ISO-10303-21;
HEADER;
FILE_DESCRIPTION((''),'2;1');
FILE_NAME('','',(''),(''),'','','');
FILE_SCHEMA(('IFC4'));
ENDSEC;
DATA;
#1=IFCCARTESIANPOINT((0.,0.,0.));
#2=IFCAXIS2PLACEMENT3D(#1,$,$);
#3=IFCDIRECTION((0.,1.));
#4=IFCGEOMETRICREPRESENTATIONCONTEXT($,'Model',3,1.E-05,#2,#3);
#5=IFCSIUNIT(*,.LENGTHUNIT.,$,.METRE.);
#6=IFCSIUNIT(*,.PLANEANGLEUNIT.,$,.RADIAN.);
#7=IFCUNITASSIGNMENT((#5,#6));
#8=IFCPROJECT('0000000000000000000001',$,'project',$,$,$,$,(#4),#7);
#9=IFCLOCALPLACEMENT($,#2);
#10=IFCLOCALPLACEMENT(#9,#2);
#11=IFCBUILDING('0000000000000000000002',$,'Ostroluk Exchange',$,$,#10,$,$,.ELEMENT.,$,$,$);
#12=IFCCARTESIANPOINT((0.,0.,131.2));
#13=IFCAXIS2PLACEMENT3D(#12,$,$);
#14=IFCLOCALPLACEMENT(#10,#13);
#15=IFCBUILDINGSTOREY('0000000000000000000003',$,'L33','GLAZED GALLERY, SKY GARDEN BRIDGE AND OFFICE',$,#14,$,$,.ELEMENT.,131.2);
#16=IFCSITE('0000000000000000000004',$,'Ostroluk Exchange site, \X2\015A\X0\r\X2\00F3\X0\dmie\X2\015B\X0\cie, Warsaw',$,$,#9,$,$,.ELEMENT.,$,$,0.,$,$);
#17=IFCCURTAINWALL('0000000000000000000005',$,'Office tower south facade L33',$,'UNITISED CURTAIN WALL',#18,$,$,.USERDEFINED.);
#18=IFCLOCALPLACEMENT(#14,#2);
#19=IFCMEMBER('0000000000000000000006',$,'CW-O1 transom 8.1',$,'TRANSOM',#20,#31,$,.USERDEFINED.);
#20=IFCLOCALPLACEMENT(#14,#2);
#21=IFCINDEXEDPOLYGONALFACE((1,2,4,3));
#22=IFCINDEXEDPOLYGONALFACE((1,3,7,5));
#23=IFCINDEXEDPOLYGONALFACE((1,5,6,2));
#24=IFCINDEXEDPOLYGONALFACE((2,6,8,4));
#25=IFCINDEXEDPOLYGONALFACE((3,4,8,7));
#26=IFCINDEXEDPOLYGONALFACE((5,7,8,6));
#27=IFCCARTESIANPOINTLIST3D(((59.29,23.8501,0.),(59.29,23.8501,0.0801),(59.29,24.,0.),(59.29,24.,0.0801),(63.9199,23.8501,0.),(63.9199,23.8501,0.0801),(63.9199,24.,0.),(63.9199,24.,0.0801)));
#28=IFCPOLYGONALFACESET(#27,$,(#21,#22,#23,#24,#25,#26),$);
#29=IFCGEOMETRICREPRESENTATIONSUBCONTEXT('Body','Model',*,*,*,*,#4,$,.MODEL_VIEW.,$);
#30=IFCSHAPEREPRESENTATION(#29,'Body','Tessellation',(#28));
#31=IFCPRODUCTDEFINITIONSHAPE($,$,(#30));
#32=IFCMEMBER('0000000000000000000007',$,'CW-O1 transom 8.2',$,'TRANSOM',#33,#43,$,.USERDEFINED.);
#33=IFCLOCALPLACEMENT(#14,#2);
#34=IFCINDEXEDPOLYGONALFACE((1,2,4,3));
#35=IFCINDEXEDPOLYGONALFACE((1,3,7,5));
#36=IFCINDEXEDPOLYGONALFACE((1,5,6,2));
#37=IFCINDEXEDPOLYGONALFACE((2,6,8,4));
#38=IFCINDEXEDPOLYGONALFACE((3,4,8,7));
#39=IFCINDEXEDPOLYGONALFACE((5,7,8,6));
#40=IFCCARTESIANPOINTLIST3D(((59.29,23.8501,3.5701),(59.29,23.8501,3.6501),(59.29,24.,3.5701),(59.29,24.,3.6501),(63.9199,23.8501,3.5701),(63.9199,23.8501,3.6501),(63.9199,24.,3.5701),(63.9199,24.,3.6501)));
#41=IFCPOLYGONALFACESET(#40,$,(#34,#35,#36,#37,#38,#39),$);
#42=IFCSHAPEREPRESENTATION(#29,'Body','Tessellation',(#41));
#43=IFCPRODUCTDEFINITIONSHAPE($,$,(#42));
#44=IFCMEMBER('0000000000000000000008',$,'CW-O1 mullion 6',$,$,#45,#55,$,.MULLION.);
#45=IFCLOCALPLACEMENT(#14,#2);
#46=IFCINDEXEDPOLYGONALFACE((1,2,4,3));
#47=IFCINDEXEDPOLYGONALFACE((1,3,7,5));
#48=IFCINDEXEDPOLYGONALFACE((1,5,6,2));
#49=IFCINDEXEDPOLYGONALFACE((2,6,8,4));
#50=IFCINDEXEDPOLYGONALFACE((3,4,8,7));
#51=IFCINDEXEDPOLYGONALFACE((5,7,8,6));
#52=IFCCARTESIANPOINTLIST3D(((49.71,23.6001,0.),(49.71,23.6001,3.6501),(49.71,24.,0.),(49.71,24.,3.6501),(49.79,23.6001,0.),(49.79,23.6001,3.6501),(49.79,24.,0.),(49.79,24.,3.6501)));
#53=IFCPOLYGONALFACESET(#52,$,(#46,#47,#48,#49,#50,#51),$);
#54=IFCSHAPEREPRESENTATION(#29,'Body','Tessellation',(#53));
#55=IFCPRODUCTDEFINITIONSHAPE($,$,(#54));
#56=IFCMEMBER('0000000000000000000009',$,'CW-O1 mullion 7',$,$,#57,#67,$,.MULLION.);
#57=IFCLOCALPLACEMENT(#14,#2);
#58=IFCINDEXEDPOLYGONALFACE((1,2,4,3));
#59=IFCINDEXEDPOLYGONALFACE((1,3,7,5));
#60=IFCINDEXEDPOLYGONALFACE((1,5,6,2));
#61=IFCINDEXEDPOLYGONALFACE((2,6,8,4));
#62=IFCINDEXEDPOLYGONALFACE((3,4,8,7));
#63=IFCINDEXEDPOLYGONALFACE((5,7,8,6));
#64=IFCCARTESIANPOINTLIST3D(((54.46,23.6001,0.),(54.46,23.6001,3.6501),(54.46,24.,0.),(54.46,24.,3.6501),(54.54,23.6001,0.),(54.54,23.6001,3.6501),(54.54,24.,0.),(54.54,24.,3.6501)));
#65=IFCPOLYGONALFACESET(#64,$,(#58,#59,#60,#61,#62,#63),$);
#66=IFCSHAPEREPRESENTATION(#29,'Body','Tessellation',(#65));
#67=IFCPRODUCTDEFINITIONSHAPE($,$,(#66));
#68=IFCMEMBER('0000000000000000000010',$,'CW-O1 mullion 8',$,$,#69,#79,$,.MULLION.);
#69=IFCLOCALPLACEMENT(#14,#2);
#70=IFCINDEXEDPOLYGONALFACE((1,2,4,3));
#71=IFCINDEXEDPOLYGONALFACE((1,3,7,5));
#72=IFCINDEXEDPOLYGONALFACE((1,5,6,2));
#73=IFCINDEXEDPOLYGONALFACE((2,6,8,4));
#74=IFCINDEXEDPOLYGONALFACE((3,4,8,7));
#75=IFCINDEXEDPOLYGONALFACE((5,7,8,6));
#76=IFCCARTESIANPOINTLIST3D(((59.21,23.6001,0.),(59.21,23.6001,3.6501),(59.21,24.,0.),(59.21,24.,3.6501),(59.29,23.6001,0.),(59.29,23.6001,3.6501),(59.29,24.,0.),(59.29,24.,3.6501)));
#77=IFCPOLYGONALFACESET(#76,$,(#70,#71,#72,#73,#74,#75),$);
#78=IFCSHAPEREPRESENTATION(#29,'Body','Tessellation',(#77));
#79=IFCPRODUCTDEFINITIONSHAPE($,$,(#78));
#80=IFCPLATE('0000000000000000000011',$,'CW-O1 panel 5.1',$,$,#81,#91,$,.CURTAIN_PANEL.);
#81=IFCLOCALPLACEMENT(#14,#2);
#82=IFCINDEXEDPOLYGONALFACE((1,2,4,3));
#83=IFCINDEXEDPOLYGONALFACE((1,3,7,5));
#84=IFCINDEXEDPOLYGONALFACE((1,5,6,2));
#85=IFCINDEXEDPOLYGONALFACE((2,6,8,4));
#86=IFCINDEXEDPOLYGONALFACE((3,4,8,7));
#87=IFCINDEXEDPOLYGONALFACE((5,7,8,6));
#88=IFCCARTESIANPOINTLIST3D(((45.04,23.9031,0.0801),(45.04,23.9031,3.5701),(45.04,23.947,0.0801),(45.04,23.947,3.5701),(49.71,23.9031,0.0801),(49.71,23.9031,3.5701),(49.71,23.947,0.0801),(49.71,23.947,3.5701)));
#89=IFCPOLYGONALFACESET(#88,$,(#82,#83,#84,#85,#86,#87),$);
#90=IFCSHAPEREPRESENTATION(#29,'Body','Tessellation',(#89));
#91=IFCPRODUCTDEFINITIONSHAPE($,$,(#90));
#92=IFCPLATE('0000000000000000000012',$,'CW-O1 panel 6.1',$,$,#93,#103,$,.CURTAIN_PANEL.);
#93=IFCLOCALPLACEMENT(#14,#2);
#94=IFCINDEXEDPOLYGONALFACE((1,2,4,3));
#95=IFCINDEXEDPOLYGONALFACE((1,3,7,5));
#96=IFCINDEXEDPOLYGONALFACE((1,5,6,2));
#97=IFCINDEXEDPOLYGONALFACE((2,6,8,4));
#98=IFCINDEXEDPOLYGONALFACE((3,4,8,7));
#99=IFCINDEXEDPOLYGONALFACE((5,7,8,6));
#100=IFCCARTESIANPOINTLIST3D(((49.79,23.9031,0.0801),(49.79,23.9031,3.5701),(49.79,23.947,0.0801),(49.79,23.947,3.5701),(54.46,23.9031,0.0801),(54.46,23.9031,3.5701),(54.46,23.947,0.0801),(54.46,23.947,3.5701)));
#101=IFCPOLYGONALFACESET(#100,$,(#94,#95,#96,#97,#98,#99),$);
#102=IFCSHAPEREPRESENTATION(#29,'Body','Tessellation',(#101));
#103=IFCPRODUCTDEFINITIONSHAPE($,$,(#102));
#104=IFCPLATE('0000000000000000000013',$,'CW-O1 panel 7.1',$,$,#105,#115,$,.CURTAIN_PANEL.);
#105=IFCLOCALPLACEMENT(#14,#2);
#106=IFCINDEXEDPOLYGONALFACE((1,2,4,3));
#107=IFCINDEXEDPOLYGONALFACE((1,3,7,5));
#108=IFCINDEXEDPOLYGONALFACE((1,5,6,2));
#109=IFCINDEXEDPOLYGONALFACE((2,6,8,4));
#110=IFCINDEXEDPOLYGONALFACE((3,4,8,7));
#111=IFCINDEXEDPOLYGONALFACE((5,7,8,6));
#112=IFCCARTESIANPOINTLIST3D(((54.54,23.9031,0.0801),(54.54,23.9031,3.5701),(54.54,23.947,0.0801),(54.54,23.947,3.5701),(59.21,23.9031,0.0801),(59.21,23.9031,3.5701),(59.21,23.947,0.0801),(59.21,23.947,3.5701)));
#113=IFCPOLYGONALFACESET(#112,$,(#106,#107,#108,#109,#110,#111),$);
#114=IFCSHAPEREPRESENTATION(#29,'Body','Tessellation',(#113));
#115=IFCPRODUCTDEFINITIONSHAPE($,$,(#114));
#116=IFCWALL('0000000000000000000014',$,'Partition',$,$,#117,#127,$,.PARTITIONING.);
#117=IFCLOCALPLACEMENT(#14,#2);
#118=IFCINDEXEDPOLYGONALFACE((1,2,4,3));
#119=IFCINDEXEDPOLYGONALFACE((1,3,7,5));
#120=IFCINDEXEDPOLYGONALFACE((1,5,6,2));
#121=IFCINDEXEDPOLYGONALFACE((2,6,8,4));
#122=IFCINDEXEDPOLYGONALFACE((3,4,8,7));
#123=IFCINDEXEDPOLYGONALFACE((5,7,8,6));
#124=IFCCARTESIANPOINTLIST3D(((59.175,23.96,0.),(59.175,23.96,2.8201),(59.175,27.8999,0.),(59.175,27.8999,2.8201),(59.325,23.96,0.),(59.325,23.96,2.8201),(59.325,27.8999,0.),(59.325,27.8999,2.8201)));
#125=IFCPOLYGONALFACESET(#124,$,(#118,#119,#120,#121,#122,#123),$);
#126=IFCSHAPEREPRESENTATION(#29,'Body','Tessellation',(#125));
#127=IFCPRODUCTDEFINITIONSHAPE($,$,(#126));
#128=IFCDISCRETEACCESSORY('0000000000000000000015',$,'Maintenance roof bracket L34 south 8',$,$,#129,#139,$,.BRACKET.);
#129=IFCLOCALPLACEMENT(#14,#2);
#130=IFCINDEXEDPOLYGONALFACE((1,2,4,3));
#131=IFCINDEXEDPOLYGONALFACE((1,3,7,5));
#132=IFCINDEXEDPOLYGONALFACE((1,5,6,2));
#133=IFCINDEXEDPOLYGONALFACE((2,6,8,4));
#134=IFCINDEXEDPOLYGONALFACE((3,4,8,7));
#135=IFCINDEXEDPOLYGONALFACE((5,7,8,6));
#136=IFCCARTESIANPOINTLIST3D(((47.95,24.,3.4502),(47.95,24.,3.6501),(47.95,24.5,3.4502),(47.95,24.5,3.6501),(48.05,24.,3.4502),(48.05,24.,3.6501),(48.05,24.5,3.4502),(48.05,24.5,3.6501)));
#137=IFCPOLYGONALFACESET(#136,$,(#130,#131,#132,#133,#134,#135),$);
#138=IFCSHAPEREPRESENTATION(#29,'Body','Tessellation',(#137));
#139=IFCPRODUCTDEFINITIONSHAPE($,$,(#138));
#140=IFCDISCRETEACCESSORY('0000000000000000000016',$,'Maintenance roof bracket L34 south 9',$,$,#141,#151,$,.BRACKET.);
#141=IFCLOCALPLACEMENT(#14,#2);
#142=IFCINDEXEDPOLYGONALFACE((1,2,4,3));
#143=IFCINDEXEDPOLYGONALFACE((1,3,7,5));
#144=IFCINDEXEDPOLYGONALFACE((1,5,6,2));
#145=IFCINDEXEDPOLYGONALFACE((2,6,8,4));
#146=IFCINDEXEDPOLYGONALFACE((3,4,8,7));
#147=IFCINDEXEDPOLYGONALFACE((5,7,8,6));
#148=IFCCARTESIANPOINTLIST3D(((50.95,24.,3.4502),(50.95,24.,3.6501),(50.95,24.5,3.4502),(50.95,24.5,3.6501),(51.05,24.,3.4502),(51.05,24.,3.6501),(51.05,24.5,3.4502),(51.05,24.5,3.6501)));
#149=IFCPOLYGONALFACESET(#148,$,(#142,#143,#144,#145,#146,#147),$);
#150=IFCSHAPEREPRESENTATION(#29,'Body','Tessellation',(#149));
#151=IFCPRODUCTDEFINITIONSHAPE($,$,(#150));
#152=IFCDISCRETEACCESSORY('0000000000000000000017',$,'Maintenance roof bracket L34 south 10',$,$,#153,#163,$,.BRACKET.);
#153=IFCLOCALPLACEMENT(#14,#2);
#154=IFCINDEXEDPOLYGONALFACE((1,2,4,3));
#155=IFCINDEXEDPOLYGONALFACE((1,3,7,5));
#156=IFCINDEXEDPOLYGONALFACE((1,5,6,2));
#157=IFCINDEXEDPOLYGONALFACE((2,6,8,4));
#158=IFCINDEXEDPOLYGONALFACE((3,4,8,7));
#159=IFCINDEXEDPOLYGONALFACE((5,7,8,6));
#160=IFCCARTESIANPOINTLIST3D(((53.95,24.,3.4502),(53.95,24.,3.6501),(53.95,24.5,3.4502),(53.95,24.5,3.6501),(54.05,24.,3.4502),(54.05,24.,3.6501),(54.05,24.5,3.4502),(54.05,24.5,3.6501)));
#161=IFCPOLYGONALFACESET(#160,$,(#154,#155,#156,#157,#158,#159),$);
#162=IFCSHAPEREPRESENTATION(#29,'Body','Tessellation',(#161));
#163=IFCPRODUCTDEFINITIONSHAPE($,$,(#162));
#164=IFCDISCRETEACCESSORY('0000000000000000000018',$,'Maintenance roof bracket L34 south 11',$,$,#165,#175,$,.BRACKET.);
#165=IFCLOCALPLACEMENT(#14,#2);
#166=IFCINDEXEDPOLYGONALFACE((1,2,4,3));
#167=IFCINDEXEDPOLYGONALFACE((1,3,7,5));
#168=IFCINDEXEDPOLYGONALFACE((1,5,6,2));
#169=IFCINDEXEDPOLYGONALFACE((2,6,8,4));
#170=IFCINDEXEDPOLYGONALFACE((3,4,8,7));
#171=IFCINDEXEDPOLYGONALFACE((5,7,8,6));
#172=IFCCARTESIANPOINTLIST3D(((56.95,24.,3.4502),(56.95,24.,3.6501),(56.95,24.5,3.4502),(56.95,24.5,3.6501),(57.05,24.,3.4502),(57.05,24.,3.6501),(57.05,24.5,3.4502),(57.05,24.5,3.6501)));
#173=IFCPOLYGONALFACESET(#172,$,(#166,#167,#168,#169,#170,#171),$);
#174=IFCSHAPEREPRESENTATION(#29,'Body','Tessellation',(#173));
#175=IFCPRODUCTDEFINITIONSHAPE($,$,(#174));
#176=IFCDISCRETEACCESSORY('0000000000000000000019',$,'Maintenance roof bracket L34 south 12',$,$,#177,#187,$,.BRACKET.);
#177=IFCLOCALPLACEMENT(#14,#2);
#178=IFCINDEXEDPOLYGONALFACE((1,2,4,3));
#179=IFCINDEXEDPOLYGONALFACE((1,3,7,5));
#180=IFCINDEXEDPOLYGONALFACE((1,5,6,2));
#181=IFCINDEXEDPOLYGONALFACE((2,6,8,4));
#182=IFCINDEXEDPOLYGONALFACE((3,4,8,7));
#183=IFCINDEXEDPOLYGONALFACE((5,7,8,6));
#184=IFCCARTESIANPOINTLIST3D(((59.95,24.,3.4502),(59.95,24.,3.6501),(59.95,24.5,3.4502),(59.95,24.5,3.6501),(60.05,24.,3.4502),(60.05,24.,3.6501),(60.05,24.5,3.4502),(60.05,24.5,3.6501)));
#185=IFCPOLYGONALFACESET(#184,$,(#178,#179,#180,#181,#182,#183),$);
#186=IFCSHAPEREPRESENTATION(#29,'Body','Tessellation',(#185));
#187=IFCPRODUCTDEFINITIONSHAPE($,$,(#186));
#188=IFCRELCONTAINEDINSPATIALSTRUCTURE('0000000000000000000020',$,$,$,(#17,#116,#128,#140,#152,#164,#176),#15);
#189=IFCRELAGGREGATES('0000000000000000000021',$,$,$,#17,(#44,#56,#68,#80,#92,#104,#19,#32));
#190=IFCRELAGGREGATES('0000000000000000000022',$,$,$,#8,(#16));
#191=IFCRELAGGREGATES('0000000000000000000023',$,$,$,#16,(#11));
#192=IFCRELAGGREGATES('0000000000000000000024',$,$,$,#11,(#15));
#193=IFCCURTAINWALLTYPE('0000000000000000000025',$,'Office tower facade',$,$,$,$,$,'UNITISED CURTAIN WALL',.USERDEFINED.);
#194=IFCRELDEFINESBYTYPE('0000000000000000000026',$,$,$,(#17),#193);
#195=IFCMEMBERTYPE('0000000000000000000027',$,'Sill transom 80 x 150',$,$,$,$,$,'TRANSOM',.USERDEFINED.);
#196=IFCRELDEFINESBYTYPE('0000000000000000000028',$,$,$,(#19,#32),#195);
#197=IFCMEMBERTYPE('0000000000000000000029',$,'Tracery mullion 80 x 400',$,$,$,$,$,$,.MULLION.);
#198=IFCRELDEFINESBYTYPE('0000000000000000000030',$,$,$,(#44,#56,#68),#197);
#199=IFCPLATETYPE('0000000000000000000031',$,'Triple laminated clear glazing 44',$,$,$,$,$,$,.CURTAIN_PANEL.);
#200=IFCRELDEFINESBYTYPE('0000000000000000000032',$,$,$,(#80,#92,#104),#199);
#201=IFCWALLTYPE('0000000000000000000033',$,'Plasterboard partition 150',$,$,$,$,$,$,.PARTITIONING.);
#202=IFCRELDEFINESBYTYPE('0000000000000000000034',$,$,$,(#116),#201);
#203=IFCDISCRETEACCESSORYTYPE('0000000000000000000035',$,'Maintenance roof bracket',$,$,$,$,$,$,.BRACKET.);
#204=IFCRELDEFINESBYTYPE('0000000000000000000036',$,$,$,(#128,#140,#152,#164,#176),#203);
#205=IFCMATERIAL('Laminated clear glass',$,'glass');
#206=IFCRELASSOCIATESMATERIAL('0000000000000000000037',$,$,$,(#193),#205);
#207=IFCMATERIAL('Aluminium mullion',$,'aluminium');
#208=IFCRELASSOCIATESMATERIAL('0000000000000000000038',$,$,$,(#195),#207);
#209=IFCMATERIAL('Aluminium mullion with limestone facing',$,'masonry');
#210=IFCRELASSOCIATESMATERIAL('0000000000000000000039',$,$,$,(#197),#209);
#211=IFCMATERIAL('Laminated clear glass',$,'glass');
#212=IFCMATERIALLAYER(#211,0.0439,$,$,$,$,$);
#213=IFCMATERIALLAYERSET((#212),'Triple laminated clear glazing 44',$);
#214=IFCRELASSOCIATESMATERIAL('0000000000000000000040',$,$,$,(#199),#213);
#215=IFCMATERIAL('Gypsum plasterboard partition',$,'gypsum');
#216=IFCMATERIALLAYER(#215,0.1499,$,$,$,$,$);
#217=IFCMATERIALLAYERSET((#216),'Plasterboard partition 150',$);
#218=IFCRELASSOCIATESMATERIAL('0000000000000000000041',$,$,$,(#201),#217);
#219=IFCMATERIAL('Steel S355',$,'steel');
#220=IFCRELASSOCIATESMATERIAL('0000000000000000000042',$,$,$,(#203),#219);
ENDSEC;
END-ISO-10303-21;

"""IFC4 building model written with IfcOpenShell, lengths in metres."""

from ifc_helpers import new_model, si_unit, direction, frame, frame_2d, origin, origin_2d, place, context, subcontext, project, spatial, rectangle, extrude, material, layer, layer_set, material_profile, profile_set, type_object, element, aggregate, save


model = new_model("IFC4")

# Units and contexts
model_context = context("Model", 3, precision=1e-05, world=origin(), true_north=direction((0.0, 1.0)))
body_context = subcontext(model_context, "Body", "Model", "MODEL_VIEW")
ifc_project = project(units=[si_unit("LENGTHUNIT", "METRE"), si_unit("PLANEANGLEUNIT", "RADIAN")], contexts=[model_context])

# Site, building, storey
site_placement = place(None, origin())
site = spatial("IfcSite", under=ifc_project, at=site_placement, Name="Ostroluk Exchange site, Śródmieście, Warsaw", CompositionType="ELEMENT", RefElevation=0.0)
building_placement = place(site_placement, origin())
building = spatial("IfcBuilding", under=site, at=building_placement, Name="Ostroluk Exchange", CompositionType="ELEMENT")
storey_placement = place(building_placement, frame((0.0, 0.0, 131.2)))
storey = spatial("IfcBuildingStorey", under=building, at=storey_placement, Name="L33", Description="GLAZED GALLERY, SKY GARDEN BRIDGE AND OFFICE", CompositionType="ELEMENT", Elevation=131.2)

# Curtain wall, members, plates
ifc_material_1 = material(Name="Laminated clear glass", Category="glass")
curtain_wall_type = type_object("IfcCurtainWallType", Name="Office tower facade", ElementType="UNITISED CURTAIN WALL", PredefinedType="USERDEFINED", material=ifc_material_1)
curtain_wall_placement = place(storey_placement, origin())
curtain_wall = element("IfcCurtainWall", 1, at=curtain_wall_placement, inside=storey, type_object=curtain_wall_type, Name="Office tower south facade L33", ObjectType="UNITISED CURTAIN WALL", PredefinedType="USERDEFINED")
ifc_material_2 = material(Name="Aluminium mullion", Category="aluminium")
ifc_material_profile_1 = material_profile(ifc_material_2, rectangle(XDim=0.1499, YDim=0.0801, at=origin_2d()), Name="Sill transom 80 x 150")
ifc_profile_set_1 = profile_set([ifc_material_profile_1], Name="Aluminium mullion")
member_type_1 = type_object("IfcMemberType", Name="Sill transom 80 x 150", ElementType="TRANSOM", PredefinedType="USERDEFINED", material=ifc_profile_set_1)
member_1_placement = place(storey_placement, frame((59.29, 23.925, 0.04), z_axis=(1.0, 0.0, 0.0), x_axis=(0.0, 1.0, 0.0)))
member_1 = element("IfcMember", 2, at=member_1_placement, type_object=member_type_1, Name="CW-O1 transom 8.1", ObjectType="TRANSOM", PredefinedType="USERDEFINED", context=body_context, shape_type="SweptSolid", body=[
    extrude(rectangle(XDim=0.1499, YDim=0.0801, at=origin_2d()), origin(), (0.0, 0.0, 1.0), 4.6299),
])
member_2_placement = place(storey_placement, frame((59.29, 23.925, 3.6101), z_axis=(1.0, 0.0, 0.0), x_axis=(0.0, 1.0, 0.0)))
member_2 = element("IfcMember", 3, at=member_2_placement, type_object=member_type_1, Name="CW-O1 transom 8.2", ObjectType="TRANSOM", PredefinedType="USERDEFINED", context=body_context, shape_type="SweptSolid", body=[
    extrude(rectangle(XDim=0.1499, YDim=0.0801, at=origin_2d()), origin(), (0.0, 0.0, 1.0), 4.6299),
])
ifc_material_3 = material(Name="Aluminium mullion with limestone facing", Category="masonry")
ifc_material_profile_2 = material_profile(ifc_material_3, rectangle(XDim=0.3999, YDim=0.0801, at=origin_2d()), Name="Tracery mullion 80 x 400")
ifc_profile_set_2 = profile_set([ifc_material_profile_2], Name="Aluminium mullion with limestone facing")
member_type_2 = type_object("IfcMemberType", Name="Tracery mullion 80 x 400", PredefinedType="MULLION", material=ifc_profile_set_2)
member_3_placement = place(storey_placement, frame((49.75, 23.8, 0.0), z_axis=(0.0, 0.0, 1.0), x_axis=(0.0, 1.0, 0.0)))
member_3 = element("IfcMember", 4, at=member_3_placement, type_object=member_type_2, Name="CW-O1 mullion 6", PredefinedType="MULLION", context=body_context, shape_type="SweptSolid", body=[
    extrude(rectangle(XDim=0.3999, YDim=0.0801, at=origin_2d()), origin(), (0.0, 0.0, 1.0), 3.6501),
])
member_4_placement = place(storey_placement, frame((54.5, 23.8, 0.0), z_axis=(0.0, 0.0, 1.0), x_axis=(0.0, 1.0, 0.0)))
member_4 = element("IfcMember", 5, at=member_4_placement, type_object=member_type_2, Name="CW-O1 mullion 7", PredefinedType="MULLION", context=body_context, shape_type="SweptSolid", body=[
    extrude(rectangle(XDim=0.3999, YDim=0.0801, at=origin_2d()), origin(), (0.0, 0.0, 1.0), 3.6501),
])
member_5_placement = place(storey_placement, frame((59.25, 23.8, 0.0), z_axis=(0.0, 0.0, 1.0), x_axis=(0.0, 1.0, 0.0)))
member_5 = element("IfcMember", 6, at=member_5_placement, type_object=member_type_2, Name="CW-O1 mullion 8", PredefinedType="MULLION", context=body_context, shape_type="SweptSolid", body=[
    extrude(rectangle(XDim=0.3999, YDim=0.0801, at=origin_2d()), origin(), (0.0, 0.0, 1.0), 3.6501),
])
ifc_material_4 = material(Name="Laminated clear glass", Category="glass")
ifc_layer_1 = layer(ifc_material_4, 0.0439)
ifc_layer_set_1 = layer_set([ifc_layer_1], Name="Triple laminated clear glazing 44")
plate_type = type_object("IfcPlateType", Name="Triple laminated clear glazing 44", PredefinedType="CURTAIN_PANEL", material=ifc_layer_set_1)
plate_1_placement = place(storey_placement, frame((47.375, 23.925, 0.0801), z_axis=(0.0, 0.0, 1.0), x_axis=(1.0, 0.0, 0.0)))
plate_1 = element("IfcPlate", 7, at=plate_1_placement, type_object=plate_type, Name="CW-O1 panel 5.1", PredefinedType="CURTAIN_PANEL", context=body_context, shape_type="SweptSolid", body=[
    extrude(rectangle(XDim=4.6699, YDim=0.0439, at=origin_2d()), origin(), (0.0, 0.0, 1.0), 3.49),
])
plate_2_placement = place(storey_placement, frame((52.125, 23.925, 0.0801), z_axis=(0.0, 0.0, 1.0), x_axis=(1.0, 0.0, 0.0)))
plate_2 = element("IfcPlate", 8, at=plate_2_placement, type_object=plate_type, Name="CW-O1 panel 6.1", PredefinedType="CURTAIN_PANEL", context=body_context, shape_type="SweptSolid", body=[
    extrude(rectangle(XDim=4.6699, YDim=0.0439, at=origin_2d()), origin(), (0.0, 0.0, 1.0), 3.49),
])
plate_3_placement = place(storey_placement, frame((56.875, 23.925, 0.0801), z_axis=(0.0, 0.0, 1.0), x_axis=(1.0, 0.0, 0.0)))
plate_3 = element("IfcPlate", 9, at=plate_3_placement, type_object=plate_type, Name="CW-O1 panel 7.1", PredefinedType="CURTAIN_PANEL", context=body_context, shape_type="SweptSolid", body=[
    extrude(rectangle(XDim=4.6699, YDim=0.0439, at=origin_2d()), origin(), (0.0, 0.0, 1.0), 3.49),
])
aggregate(curtain_wall, [member_3, member_4, member_5, plate_1, plate_2, plate_3, member_1, member_2])

# Wall
ifc_material_5 = material(Name="Gypsum plasterboard partition", Category="gypsum")
ifc_layer_2 = layer(ifc_material_5, 0.1499)
ifc_layer_set_2 = layer_set([ifc_layer_2], Name="Plasterboard partition 150")
wall_type = type_object("IfcWallType", Name="Plasterboard partition 150", PredefinedType="PARTITIONING", material=ifc_layer_set_2)
wall_placement = place(storey_placement, frame((59.25, 27.8999, 0.0), z_axis=(0.0, 0.0, 1.0), x_axis=(0.0, -1.0, 0.0)))
element("IfcWall", 10, at=wall_placement, inside=storey, type_object=wall_type, Name="Partition", PredefinedType="PARTITIONING", context=body_context, shape_type="SweptSolid", body=[
    extrude(rectangle(XDim=3.9399, YDim=0.1499, at=frame_2d((1.97, 0.0))), origin(), (0.0, 0.0, 1.0), 2.8201),
])

# Discrete accessories
ifc_material_6 = material(Name="Steel S355", Category="steel")
discrete_accessory_type = type_object("IfcDiscreteAccessoryType", Name="Maintenance roof bracket", PredefinedType="BRACKET", material=ifc_material_6)
for number, where, z_axis, x_axis, name in (
    (11, (48.0, 24.25, 3.4502), (0.0, 0.0, 1.0), (1.0, 0.0, 0.0), "Maintenance roof bracket L34 south 8"),
    (12, (51.0, 24.25, 3.4502), (0.0, 0.0, 1.0), (1.0, 0.0, 0.0), "Maintenance roof bracket L34 south 9"),
    (13, (54.0, 24.25, 3.4502), (0.0, 0.0, 1.0), (1.0, 0.0, 0.0), "Maintenance roof bracket L34 south 10"),
    (14, (57.0, 24.25, 3.4502), (0.0, 0.0, 1.0), (1.0, 0.0, 0.0), "Maintenance roof bracket L34 south 11"),
    (15, (60.0, 24.25, 3.4502), (0.0, 0.0, 1.0), (1.0, 0.0, 0.0), "Maintenance roof bracket L34 south 12"),
):
    element("IfcDiscreteAccessory", number, at=place(storey_placement, frame(where, z_axis=z_axis, x_axis=x_axis)), inside=storey, type_object=discrete_accessory_type, Name=name, PredefinedType="BRACKET", context=body_context, shape_type="SweptSolid", body=[
        extrude(rectangle(XDim=0.1001, YDim=0.5, at=origin_2d()), origin(), (0.0, 0.0, 1.0), 0.2),
    ])

save(model, "model.ifc")
